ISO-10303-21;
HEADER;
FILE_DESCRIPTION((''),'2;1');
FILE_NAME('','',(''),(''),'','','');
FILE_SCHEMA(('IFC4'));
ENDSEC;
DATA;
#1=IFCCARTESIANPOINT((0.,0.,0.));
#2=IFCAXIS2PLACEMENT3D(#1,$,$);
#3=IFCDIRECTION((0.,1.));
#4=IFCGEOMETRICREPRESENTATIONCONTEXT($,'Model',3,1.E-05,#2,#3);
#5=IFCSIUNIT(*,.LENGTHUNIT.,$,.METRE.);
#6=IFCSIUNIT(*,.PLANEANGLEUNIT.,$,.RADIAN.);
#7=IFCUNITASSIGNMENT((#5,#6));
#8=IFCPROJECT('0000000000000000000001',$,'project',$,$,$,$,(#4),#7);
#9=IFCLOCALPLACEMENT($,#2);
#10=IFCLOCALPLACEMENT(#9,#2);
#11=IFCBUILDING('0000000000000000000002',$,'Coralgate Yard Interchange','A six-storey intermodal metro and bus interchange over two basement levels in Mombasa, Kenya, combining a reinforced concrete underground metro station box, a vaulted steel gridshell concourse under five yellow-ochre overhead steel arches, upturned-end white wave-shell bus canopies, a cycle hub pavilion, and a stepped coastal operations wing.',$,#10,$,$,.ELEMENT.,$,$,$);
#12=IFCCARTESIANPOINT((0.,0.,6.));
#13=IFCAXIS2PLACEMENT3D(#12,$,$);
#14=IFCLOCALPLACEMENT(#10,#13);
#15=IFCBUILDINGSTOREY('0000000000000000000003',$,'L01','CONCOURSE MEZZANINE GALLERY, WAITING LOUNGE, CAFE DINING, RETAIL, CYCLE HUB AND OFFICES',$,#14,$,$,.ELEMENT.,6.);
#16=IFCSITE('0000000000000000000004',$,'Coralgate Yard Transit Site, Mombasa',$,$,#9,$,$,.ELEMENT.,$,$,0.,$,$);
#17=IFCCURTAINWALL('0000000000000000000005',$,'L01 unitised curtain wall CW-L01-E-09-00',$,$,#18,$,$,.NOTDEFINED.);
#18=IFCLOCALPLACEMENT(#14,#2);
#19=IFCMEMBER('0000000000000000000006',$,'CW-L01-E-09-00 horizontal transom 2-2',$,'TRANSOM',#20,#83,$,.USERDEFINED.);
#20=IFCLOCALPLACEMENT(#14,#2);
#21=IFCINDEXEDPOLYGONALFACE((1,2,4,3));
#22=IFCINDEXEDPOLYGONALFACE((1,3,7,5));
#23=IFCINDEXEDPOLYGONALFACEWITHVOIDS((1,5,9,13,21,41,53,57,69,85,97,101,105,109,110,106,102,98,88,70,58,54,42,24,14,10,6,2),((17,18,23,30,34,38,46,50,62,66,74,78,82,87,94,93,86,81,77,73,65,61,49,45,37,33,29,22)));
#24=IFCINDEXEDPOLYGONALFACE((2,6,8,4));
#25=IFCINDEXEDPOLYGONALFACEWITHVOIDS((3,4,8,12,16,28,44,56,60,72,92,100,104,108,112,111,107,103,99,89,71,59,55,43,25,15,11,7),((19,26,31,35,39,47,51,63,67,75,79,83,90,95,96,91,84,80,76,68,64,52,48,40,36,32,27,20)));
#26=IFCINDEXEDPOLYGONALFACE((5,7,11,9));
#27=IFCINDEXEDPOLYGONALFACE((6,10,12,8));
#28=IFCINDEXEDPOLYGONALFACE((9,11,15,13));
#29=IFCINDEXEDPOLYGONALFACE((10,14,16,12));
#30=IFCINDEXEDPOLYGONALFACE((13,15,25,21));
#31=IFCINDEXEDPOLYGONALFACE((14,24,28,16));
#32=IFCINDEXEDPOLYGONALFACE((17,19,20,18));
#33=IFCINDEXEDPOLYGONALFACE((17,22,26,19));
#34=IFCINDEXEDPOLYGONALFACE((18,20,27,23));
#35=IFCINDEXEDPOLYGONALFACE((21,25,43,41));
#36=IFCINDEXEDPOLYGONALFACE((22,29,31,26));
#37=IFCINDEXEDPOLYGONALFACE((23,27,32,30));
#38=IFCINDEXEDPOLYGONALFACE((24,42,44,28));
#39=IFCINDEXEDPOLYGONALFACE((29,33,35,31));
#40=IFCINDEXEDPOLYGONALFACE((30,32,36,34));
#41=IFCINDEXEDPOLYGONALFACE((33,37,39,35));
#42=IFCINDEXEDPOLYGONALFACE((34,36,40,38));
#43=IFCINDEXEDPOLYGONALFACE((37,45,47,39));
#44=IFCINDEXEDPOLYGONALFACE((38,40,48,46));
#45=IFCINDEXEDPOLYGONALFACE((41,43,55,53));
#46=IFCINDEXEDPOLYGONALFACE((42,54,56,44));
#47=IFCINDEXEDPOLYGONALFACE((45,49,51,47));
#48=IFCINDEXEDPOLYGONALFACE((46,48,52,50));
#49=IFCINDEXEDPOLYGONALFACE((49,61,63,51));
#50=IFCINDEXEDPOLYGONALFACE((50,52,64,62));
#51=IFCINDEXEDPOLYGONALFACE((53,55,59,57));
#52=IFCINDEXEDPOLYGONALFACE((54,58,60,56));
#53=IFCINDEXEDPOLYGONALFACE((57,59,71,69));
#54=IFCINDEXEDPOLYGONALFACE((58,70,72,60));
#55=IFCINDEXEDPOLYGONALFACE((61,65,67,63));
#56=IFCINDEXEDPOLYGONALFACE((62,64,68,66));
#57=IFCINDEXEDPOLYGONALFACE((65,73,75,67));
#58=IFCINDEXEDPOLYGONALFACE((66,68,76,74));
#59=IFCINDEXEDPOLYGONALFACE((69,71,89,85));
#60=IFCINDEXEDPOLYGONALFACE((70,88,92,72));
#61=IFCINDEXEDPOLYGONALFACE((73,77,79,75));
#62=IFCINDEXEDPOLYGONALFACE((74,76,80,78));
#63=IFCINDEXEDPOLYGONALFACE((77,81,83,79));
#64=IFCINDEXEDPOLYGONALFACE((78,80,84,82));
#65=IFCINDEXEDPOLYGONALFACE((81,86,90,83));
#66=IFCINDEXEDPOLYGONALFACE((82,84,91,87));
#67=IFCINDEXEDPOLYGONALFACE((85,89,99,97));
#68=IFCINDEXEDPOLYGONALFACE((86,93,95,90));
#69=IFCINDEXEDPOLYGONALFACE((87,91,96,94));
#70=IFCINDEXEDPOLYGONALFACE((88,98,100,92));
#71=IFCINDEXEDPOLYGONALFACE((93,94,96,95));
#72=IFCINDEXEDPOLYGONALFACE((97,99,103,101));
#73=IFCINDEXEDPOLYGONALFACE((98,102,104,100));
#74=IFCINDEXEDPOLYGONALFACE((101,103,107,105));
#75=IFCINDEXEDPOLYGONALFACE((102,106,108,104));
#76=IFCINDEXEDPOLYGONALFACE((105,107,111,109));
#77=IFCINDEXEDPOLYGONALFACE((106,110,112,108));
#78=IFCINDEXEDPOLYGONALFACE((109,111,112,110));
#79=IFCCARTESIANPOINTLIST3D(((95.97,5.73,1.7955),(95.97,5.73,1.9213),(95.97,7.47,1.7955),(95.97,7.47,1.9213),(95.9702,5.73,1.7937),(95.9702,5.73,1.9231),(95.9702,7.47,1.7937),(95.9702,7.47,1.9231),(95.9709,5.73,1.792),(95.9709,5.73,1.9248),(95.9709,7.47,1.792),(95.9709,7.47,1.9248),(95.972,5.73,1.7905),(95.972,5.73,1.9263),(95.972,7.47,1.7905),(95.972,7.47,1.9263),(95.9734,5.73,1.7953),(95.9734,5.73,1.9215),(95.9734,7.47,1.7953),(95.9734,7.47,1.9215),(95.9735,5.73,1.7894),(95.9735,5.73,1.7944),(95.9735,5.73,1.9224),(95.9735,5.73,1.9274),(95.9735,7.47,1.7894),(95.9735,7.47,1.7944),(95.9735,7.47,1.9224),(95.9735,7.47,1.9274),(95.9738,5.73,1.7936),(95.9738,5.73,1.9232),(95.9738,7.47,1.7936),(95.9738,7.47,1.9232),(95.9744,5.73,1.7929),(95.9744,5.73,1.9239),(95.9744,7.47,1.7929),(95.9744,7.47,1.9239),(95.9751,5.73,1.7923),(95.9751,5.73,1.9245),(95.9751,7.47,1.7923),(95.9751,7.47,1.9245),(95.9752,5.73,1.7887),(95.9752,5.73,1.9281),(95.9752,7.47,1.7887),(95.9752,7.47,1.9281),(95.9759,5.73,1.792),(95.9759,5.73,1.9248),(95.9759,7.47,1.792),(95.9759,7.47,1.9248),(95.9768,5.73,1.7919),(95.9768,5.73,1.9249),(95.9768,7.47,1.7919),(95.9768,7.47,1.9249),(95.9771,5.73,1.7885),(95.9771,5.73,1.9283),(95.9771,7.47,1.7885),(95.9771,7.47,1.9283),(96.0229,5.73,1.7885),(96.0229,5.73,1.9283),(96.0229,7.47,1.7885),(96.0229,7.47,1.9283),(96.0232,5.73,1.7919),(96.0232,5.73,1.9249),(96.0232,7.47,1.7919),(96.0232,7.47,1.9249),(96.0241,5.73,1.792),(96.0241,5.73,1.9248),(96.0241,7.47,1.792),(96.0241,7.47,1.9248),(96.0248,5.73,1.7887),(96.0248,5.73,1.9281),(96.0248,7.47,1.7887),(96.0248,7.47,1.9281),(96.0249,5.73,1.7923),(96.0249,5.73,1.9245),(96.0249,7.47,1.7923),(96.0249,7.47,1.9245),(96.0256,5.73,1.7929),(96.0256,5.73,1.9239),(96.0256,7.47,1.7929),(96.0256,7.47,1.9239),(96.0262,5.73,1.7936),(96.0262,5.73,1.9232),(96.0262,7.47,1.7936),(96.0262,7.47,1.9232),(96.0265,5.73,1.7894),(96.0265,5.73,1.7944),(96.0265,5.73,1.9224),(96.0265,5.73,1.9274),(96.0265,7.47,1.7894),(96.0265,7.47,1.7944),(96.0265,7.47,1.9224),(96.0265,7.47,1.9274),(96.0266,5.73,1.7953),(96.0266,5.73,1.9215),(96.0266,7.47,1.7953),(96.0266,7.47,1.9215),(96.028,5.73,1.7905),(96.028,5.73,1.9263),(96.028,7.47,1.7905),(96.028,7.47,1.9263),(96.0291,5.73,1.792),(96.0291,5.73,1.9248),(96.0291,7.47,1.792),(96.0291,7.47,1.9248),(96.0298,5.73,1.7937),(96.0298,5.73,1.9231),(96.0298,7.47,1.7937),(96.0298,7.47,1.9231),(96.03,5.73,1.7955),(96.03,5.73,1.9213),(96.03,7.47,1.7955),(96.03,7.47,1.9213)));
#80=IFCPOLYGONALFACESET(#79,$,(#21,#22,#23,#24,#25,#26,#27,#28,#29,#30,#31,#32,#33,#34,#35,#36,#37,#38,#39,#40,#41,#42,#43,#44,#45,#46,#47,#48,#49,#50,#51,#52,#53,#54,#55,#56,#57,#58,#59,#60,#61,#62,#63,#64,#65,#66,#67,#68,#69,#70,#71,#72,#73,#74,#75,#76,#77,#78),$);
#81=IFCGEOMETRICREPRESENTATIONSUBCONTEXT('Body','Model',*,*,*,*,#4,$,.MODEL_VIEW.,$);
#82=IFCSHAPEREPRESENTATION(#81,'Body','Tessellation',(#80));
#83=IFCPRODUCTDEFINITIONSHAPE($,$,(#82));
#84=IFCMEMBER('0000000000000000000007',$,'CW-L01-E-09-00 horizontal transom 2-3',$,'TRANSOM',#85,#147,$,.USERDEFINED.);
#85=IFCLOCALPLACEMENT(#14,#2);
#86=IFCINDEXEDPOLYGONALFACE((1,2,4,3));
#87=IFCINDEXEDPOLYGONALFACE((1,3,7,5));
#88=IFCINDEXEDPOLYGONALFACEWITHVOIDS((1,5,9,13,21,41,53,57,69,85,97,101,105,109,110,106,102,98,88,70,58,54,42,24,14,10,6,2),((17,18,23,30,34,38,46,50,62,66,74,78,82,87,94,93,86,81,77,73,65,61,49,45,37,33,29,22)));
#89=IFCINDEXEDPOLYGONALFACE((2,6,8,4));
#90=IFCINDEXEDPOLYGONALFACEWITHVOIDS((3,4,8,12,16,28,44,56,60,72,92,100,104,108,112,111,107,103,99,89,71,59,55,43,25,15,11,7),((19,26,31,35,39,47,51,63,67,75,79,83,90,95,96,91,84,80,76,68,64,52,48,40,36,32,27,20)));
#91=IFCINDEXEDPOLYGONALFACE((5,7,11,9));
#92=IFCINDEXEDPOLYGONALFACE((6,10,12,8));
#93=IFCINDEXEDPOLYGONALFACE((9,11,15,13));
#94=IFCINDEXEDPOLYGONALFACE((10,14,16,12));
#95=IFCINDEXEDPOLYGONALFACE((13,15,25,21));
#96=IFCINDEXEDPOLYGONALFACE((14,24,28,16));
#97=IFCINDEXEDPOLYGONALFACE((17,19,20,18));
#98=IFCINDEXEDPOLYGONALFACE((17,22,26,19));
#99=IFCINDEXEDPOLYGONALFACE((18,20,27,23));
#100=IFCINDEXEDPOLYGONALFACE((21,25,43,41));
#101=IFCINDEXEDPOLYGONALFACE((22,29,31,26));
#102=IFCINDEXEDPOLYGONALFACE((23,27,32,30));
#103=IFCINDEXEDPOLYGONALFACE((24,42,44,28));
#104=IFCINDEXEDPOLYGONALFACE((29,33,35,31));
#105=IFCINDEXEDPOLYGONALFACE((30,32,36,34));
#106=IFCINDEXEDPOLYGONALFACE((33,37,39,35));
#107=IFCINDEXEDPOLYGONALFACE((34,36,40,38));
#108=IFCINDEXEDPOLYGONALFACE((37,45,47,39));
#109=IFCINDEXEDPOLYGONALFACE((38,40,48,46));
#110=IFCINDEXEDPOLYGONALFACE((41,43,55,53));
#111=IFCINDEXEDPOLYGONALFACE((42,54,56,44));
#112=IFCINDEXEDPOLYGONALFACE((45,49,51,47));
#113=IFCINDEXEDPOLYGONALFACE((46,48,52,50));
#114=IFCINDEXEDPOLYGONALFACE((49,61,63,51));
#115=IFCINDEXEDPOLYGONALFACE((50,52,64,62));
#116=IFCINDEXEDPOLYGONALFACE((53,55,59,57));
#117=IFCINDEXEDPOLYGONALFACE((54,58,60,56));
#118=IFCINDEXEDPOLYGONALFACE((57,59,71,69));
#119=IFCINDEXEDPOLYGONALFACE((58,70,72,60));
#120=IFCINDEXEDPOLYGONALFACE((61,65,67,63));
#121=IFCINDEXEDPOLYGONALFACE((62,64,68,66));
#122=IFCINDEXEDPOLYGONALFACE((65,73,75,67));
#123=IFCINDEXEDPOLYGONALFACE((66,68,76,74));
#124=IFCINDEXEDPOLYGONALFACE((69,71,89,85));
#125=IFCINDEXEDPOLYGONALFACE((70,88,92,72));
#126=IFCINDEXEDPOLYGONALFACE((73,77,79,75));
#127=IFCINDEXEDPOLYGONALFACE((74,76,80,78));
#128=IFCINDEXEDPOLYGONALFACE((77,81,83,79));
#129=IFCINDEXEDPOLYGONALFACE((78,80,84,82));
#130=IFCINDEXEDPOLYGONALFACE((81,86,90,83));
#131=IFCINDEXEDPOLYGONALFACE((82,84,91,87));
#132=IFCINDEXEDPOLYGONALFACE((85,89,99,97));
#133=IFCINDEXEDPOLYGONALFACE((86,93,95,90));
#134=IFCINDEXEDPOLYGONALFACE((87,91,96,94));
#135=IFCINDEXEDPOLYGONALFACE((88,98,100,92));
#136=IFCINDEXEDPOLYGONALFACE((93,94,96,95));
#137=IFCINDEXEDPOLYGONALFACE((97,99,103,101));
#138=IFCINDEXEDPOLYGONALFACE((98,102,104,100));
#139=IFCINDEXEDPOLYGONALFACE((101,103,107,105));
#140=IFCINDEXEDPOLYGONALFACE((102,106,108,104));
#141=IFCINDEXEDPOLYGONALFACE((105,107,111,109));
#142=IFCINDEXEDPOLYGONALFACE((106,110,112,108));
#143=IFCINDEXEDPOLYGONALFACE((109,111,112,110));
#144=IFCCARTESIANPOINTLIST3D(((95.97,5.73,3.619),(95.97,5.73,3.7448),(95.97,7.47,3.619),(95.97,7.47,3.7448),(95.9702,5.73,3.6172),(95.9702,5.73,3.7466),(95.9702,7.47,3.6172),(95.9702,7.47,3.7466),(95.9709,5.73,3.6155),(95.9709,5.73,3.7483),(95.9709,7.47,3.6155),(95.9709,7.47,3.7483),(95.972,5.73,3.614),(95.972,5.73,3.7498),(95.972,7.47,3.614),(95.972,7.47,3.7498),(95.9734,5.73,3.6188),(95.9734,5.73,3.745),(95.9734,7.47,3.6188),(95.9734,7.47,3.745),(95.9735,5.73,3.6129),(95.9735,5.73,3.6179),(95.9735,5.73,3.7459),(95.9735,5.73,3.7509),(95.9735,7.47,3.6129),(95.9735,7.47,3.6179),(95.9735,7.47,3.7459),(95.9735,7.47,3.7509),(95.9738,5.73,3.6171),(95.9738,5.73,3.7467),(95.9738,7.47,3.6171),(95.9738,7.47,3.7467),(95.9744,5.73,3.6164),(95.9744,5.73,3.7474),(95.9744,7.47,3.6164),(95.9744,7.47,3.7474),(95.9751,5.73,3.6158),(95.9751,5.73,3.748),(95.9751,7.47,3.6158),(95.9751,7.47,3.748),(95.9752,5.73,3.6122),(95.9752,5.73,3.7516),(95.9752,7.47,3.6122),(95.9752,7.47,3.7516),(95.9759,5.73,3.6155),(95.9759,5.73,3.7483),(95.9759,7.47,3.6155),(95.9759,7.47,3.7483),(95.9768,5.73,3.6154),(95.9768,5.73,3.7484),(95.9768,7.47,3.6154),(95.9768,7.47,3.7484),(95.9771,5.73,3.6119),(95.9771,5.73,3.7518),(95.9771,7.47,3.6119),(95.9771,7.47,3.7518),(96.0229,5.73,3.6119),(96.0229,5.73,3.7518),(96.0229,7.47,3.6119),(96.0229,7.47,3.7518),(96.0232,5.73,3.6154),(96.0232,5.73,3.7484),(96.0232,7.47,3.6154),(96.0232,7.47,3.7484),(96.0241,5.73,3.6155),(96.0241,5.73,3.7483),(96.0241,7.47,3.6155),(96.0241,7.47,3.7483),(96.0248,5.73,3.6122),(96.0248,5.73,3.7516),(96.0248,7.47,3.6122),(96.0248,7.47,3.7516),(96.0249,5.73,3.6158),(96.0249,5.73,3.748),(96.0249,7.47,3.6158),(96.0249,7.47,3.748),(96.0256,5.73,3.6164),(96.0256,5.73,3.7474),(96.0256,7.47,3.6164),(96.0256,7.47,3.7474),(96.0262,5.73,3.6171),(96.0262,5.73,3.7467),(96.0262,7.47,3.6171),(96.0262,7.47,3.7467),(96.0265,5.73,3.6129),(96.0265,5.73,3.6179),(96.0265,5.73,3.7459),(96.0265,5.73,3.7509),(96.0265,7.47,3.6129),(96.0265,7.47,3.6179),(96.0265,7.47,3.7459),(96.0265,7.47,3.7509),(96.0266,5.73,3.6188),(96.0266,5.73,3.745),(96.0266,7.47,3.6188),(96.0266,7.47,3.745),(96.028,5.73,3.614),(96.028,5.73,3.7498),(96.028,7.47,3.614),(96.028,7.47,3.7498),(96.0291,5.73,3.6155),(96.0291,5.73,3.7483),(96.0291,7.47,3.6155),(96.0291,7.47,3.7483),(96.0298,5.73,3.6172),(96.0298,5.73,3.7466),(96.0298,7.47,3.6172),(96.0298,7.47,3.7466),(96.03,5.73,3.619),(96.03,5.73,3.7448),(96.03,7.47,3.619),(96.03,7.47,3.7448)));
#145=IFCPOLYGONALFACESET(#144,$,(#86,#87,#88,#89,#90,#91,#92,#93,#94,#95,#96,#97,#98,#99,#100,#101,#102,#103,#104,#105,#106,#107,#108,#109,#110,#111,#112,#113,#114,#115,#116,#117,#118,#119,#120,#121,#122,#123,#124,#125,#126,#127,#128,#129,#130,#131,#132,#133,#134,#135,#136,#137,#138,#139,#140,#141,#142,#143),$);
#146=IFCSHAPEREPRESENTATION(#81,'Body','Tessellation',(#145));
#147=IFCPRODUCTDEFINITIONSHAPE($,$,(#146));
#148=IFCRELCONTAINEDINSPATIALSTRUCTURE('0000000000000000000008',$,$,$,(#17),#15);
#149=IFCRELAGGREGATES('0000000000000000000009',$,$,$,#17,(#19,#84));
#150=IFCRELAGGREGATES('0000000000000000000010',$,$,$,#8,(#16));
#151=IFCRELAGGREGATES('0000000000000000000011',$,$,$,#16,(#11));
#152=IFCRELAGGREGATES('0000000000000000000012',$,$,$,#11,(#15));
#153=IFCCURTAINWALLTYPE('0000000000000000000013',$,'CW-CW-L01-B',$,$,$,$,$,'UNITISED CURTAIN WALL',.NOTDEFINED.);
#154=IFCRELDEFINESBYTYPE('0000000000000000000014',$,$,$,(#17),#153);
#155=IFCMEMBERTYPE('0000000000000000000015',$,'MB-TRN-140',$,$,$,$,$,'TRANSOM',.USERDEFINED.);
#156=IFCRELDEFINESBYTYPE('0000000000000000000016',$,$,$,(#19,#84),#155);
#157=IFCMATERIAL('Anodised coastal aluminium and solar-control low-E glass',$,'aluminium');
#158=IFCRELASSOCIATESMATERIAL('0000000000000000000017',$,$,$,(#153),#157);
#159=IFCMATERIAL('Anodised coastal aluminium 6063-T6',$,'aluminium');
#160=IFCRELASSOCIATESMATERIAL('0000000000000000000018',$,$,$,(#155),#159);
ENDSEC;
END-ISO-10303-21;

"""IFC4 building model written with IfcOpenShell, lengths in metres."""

from ifc_helpers import new_model, si_unit, direction, frame, origin, origin_2d, place, context, subcontext, project, spatial, hollow_rectangle, extrude, material, material_profile, profile_set, type_object, element, aggregate, save


model = new_model("IFC4")

# Units and contexts
model_context = context("Model", 3, precision=1e-05, world=origin(), true_north=direction((0.0, 1.0)))
body_context = subcontext(model_context, "Body", "Model", "MODEL_VIEW")
ifc_project = project(units=[si_unit("LENGTHUNIT", "METRE"), si_unit("PLANEANGLEUNIT", "RADIAN")], contexts=[model_context])

# Site, building, storey
site_placement = place(None, origin())
site = spatial("IfcSite", under=ifc_project, at=site_placement, Name="Coralgate Yard Transit Site, Mombasa", CompositionType="ELEMENT", RefElevation=0.0)
building_placement = place(site_placement, origin())
building = spatial("IfcBuilding", under=site, at=building_placement, Name="Coralgate Yard Interchange", Description="A six-storey intermodal metro and bus interchange over two basement levels in Mombasa, Kenya, combining a reinforced concrete underground metro station box, a vaulted steel gridshell concourse under five yellow-ochre overhead steel arches, upturned-end white wave-shell bus canopies, a cycle hub pavilion, and a stepped coastal operations wing.", CompositionType="ELEMENT")
storey_placement = place(building_placement, frame((0.0, 0.0, 6.0)))
storey = spatial("IfcBuildingStorey", under=building, at=storey_placement, Name="L01", Description="CONCOURSE MEZZANINE GALLERY, WAITING LOUNGE, CAFE DINING, RETAIL, CYCLE HUB AND OFFICES", CompositionType="ELEMENT", Elevation=6.0)

# Curtain wall, members
ifc_material_1 = material(Name="Anodised coastal aluminium and solar-control low-E glass", Category="aluminium")
curtain_wall_type = type_object("IfcCurtainWallType", Name="CW-CW-L01-B", ElementType="UNITISED CURTAIN WALL", PredefinedType="NOTDEFINED", material=ifc_material_1)
curtain_wall_placement = place(storey_placement, origin())
curtain_wall = element("IfcCurtainWall", 1, at=curtain_wall_placement, inside=storey, type_object=curtain_wall_type, Name="L01 unitised curtain wall CW-L01-E-09-00", PredefinedType="NOTDEFINED")
ifc_material_2 = material(Name="Anodised coastal aluminium 6063-T6", Category="aluminium")
ifc_material_profile_1 = material_profile(ifc_material_2, hollow_rectangle(XDim=0.0601, YDim=0.1399, WallThickness=0.0034, InnerFilletRadius=0.0034, OuterFilletRadius=0.0071, at=origin_2d()), Name="ALU 60x140x3.5")
ifc_profile_set_1 = profile_set([ifc_material_profile_1], Name="Anodised coastal aluminium 6063-T6")
member_type_1 = type_object("IfcMemberType", Name="MB-TRN-140", ElementType="TRANSOM", PredefinedType="USERDEFINED", material=ifc_profile_set_1)
member_1_placement = place(storey_placement, frame((96.0, 7.47, 1.8584), z_axis=(0.0, -1.0, 0.0), x_axis=(1.0, 0.0, 0.0)))
member_1 = element("IfcMember", 2, at=member_1_placement, type_object=member_type_1, Name="CW-L01-E-09-00 horizontal transom 2-2", ObjectType="TRANSOM", PredefinedType="USERDEFINED", context=body_context, shape_type="SweptSolid", body=[
    extrude(hollow_rectangle(XDim=0.0601, YDim=0.1399, WallThickness=0.0034, InnerFilletRadius=0.0034, OuterFilletRadius=0.0071, at=origin_2d()), origin(), (0.0, 0.0, 1.0), 1.74),
])
member_2_placement = place(storey_placement, frame((96.0, 7.47, 3.6819), z_axis=(0.0, -1.0, 0.0), x_axis=(1.0, 0.0, 0.0)))
member_2 = element("IfcMember", 3, at=member_2_placement, type_object=member_type_1, Name="CW-L01-E-09-00 horizontal transom 2-3", ObjectType="TRANSOM", PredefinedType="USERDEFINED", context=body_context, shape_type="SweptSolid", body=[
    extrude(hollow_rectangle(XDim=0.0601, YDim=0.1399, WallThickness=0.0034, InnerFilletRadius=0.0034, OuterFilletRadius=0.0071, at=origin_2d()), origin(), (0.0, 0.0, 1.0), 1.74),
])
aggregate(curtain_wall, [member_1, member_2])

save(model, "model.ifc")
